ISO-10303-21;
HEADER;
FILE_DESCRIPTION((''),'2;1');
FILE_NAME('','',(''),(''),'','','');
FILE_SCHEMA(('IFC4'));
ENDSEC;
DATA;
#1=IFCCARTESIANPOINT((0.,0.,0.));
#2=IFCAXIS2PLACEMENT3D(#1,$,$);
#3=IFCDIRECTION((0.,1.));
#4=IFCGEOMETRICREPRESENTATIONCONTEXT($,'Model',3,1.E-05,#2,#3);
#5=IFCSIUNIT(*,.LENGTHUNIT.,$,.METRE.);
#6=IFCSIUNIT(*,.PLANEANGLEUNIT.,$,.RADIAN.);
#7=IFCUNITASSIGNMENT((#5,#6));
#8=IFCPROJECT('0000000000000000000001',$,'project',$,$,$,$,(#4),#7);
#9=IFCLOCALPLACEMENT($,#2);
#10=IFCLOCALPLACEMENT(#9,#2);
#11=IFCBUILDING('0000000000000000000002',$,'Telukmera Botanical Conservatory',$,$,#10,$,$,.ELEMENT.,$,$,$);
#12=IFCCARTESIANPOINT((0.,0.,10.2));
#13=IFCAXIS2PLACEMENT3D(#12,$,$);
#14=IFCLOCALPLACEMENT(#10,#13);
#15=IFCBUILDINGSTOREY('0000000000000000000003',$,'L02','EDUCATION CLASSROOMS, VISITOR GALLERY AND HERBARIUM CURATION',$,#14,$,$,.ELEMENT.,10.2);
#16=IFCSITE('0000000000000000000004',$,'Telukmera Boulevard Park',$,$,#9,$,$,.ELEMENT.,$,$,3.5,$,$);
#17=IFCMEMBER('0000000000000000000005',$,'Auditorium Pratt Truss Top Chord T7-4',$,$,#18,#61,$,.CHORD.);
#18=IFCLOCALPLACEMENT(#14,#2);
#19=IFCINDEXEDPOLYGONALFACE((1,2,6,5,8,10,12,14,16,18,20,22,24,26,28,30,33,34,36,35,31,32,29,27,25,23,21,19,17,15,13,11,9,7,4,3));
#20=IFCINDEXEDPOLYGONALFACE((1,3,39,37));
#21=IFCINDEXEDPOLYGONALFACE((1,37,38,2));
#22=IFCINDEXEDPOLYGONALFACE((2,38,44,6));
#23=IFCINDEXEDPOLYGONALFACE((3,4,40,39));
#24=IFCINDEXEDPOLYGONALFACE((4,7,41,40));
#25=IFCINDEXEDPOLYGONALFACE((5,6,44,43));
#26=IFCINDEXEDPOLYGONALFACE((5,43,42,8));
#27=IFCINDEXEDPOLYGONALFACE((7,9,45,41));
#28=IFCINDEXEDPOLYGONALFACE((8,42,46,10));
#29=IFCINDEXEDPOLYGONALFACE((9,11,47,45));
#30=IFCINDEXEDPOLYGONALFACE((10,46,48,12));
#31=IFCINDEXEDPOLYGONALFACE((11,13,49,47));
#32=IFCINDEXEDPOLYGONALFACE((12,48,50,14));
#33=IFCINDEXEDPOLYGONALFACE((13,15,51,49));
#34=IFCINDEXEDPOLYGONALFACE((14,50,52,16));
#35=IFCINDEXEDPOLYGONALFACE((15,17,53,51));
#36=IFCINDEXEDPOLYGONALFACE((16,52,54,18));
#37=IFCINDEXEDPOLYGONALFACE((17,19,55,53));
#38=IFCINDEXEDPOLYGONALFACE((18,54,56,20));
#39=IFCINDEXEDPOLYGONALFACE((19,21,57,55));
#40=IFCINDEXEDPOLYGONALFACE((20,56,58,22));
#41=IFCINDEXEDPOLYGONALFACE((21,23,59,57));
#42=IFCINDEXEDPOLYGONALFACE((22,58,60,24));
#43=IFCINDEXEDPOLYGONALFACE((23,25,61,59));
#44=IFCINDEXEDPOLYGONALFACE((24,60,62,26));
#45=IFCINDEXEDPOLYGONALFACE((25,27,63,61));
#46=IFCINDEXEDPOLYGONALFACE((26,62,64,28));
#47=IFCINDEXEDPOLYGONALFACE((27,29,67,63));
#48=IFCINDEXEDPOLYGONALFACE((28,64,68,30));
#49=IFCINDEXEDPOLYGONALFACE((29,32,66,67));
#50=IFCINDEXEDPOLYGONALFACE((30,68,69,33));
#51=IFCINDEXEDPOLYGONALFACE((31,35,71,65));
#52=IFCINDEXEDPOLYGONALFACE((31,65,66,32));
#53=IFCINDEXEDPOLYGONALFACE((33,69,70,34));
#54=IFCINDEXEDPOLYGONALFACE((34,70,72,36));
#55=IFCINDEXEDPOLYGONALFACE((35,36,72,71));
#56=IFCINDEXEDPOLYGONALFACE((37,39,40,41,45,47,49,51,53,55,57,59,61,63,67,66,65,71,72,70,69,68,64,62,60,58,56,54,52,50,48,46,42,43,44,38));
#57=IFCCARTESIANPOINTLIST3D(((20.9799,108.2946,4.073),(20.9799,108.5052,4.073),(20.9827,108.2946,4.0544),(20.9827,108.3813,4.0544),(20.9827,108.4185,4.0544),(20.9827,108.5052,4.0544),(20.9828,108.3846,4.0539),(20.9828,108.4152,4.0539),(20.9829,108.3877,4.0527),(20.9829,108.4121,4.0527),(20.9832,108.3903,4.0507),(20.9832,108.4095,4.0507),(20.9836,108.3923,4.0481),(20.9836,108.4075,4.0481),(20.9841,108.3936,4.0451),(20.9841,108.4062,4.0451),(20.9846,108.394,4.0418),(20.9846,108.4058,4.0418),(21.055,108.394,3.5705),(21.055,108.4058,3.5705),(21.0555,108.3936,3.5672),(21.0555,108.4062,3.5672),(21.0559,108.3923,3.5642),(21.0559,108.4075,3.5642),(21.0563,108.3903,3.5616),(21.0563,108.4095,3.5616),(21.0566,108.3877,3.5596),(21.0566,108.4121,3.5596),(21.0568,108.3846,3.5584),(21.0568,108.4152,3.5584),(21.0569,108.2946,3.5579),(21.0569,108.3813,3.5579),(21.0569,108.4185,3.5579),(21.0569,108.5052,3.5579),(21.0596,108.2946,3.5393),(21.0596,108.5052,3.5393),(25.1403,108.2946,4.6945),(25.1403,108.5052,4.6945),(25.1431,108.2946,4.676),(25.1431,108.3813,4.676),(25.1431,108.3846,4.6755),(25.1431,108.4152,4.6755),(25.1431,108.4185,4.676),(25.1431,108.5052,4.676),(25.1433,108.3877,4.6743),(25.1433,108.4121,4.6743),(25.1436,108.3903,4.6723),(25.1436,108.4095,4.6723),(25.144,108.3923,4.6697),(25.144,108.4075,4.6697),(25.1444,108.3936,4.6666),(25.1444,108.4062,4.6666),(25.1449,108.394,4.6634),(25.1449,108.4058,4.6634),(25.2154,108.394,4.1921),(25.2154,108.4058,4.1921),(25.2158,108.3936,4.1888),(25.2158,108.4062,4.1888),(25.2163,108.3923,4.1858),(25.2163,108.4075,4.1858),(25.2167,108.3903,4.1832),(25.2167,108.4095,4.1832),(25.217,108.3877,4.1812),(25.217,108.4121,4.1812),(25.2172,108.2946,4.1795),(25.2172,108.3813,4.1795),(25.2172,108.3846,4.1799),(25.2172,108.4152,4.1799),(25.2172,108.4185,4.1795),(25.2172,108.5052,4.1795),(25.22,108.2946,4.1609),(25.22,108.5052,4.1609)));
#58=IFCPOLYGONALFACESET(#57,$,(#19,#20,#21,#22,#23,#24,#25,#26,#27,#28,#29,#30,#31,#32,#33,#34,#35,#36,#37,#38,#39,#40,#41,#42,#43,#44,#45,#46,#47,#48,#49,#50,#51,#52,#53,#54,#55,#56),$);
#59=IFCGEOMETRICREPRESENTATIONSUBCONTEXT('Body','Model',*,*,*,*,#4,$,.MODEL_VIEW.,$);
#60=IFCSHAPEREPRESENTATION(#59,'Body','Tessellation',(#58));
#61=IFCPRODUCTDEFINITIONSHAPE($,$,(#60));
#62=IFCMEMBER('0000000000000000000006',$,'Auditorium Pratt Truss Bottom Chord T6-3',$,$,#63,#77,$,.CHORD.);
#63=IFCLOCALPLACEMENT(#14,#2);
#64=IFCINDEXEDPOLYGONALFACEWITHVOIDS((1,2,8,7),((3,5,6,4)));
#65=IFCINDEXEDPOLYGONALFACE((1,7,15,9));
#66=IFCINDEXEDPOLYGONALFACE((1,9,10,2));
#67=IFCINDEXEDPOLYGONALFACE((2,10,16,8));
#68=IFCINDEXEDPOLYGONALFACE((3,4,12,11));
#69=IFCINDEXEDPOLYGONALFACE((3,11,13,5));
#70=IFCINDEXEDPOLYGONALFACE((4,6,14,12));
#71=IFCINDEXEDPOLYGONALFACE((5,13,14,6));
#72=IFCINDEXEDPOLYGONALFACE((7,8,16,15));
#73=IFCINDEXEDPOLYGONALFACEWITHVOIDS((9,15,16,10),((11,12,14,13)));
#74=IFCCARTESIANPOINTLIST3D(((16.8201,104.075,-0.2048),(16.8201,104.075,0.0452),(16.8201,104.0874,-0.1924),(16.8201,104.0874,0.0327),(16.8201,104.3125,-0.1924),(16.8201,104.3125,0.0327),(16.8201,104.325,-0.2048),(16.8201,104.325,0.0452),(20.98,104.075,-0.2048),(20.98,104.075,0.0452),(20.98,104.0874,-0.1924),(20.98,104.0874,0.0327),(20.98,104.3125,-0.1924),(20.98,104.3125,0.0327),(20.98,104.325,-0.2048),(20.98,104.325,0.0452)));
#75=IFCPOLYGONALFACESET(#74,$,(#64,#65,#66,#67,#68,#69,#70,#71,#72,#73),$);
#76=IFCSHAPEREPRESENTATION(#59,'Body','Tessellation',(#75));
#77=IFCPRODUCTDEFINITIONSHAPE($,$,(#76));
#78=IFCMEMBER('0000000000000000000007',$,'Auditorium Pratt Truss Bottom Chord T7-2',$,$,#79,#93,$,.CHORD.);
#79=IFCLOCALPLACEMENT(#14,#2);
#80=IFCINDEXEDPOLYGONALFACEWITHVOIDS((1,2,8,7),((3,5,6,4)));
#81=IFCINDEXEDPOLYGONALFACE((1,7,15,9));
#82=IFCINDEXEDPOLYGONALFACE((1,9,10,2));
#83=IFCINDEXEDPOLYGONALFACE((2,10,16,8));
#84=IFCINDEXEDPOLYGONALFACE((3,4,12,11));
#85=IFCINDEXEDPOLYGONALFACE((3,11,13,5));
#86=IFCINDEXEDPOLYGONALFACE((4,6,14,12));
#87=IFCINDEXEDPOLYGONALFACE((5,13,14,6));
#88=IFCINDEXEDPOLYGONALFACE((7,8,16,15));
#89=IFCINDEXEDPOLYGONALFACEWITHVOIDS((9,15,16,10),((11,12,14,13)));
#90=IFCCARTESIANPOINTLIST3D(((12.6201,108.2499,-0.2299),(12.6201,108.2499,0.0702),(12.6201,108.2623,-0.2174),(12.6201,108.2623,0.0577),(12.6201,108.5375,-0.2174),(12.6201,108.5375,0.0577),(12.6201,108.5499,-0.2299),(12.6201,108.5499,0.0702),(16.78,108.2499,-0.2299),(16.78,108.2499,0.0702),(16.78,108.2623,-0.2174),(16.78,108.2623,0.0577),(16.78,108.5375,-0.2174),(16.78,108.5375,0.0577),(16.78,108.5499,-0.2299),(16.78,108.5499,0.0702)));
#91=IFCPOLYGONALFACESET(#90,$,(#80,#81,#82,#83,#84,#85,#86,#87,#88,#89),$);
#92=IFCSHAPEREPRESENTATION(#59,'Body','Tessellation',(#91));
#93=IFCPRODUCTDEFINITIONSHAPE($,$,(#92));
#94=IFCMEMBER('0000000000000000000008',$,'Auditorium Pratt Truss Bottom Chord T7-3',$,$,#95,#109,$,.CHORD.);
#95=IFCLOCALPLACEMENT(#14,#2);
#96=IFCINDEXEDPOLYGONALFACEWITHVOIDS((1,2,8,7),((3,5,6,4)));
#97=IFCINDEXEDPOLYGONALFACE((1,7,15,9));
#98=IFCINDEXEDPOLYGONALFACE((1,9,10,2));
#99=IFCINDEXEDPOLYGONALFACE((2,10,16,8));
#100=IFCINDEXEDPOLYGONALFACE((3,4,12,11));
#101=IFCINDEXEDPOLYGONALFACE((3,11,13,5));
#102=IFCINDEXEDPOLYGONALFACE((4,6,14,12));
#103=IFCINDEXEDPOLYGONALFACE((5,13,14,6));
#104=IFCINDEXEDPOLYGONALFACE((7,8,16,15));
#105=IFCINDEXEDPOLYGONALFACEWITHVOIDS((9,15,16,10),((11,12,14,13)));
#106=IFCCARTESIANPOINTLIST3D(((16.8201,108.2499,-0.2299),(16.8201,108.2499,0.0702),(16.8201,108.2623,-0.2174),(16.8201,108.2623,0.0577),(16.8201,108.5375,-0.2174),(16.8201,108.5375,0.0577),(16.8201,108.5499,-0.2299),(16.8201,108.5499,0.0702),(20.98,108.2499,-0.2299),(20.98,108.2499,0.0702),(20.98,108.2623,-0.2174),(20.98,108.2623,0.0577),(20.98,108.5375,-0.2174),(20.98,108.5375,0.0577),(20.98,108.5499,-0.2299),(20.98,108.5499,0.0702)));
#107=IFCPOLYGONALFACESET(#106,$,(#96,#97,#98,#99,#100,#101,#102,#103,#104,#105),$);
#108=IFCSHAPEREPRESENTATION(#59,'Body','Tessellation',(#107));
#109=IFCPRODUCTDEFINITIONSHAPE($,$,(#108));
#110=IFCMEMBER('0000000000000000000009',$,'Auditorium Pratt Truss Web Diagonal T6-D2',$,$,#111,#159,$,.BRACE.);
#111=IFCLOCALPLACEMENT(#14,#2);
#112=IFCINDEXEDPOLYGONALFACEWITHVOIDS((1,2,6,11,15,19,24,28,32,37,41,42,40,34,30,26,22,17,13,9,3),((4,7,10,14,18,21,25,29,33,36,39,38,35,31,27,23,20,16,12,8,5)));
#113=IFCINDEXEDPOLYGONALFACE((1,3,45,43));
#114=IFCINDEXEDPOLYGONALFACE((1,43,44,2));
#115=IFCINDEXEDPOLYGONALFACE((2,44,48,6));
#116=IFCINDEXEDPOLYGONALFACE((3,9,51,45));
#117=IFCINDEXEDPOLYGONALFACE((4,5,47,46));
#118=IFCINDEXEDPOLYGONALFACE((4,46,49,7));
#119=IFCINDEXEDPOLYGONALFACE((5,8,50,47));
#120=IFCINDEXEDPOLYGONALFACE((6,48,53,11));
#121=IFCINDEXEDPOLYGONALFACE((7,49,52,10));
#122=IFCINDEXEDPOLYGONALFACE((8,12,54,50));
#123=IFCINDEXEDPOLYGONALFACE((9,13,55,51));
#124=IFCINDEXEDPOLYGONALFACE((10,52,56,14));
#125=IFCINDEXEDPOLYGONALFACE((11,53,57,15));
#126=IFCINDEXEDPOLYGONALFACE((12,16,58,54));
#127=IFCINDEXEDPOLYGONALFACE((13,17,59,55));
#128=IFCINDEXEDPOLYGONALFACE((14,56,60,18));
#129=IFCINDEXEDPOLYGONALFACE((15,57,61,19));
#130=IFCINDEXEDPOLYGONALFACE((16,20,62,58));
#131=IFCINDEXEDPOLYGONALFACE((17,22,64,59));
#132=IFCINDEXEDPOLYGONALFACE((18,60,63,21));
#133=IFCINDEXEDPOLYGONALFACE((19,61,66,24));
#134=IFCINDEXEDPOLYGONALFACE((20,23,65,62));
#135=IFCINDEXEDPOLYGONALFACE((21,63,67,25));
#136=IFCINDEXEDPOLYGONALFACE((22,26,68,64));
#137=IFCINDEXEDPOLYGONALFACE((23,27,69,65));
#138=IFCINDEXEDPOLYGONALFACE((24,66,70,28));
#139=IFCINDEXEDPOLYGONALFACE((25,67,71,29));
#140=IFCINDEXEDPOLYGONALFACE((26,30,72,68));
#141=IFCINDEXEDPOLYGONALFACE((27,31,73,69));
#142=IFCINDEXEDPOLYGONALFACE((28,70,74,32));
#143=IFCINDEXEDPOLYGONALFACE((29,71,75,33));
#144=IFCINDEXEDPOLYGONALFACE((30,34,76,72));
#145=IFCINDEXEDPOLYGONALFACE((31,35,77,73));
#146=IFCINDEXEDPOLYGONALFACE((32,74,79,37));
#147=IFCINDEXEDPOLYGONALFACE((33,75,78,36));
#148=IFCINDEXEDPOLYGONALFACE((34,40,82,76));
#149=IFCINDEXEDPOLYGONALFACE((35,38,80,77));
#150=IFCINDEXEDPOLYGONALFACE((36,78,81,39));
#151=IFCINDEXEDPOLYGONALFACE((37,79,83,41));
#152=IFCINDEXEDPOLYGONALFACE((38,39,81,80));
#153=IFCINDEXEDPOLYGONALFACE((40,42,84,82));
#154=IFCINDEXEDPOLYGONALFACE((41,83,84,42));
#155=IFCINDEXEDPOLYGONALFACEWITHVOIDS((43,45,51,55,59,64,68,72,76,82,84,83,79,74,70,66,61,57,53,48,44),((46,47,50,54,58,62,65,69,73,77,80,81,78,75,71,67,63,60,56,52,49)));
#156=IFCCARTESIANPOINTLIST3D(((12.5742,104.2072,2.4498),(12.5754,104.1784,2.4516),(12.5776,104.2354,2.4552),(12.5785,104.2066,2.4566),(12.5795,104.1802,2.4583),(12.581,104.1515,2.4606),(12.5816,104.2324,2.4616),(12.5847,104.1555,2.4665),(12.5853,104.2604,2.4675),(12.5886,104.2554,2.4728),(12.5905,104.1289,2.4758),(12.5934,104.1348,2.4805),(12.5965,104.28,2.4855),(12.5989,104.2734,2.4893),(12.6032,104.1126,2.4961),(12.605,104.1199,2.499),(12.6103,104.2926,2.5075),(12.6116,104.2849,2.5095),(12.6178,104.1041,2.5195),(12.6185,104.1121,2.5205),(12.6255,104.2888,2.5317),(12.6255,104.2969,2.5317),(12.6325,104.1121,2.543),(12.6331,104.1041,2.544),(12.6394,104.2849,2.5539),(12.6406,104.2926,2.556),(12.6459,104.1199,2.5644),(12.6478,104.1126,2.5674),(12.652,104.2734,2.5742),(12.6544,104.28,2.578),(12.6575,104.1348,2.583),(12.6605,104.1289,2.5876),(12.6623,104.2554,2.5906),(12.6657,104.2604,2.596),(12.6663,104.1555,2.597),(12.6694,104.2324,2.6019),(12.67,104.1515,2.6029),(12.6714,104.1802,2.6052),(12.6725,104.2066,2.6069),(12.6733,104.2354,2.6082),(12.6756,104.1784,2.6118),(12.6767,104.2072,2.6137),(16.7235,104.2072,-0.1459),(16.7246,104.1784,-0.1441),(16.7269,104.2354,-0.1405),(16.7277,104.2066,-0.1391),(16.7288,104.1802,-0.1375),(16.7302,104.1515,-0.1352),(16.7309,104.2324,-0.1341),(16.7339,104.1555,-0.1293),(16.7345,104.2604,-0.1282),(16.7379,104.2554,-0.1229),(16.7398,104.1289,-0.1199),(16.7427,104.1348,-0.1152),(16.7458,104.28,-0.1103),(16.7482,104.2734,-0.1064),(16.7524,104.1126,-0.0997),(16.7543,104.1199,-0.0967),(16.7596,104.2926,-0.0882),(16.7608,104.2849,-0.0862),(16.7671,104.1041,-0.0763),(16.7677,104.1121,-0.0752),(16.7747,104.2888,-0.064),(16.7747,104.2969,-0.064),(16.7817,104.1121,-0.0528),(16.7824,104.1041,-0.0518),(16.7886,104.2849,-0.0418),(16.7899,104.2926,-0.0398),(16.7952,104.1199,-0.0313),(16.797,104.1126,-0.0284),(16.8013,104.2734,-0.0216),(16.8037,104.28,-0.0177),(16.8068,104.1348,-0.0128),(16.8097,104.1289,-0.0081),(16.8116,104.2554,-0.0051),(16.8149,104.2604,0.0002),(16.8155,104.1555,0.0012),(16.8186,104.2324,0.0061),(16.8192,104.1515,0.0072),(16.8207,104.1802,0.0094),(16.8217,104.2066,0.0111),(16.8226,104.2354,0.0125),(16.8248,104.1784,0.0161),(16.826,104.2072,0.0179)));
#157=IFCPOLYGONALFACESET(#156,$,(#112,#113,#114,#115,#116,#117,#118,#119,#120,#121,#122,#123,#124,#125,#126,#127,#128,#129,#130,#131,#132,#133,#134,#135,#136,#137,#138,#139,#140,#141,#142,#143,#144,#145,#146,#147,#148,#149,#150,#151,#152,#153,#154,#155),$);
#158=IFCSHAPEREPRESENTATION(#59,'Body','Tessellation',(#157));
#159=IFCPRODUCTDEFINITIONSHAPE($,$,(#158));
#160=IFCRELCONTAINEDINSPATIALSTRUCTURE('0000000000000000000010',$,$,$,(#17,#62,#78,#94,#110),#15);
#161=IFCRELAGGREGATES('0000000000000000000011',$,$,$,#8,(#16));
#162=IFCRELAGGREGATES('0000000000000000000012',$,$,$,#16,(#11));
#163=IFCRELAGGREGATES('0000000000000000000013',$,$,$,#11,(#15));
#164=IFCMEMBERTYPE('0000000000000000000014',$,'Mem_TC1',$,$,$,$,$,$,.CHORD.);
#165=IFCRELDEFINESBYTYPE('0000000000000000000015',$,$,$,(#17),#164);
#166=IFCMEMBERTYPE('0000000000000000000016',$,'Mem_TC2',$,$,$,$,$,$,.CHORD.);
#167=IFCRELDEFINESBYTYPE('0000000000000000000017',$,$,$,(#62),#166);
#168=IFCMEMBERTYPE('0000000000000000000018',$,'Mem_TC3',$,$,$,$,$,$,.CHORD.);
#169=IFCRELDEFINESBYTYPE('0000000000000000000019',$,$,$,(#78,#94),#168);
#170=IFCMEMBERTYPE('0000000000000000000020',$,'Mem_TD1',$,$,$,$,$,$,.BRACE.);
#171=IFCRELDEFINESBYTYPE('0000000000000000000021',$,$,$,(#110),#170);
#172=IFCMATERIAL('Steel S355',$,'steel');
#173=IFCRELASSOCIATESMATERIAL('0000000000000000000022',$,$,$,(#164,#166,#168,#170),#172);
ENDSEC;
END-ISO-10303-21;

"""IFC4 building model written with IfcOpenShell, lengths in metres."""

from ifc_helpers import new_model, si_unit, direction, frame, origin, origin_2d, place, context, subcontext, project, spatial, hollow_rectangle, hollow_circle, i_section, extrude, material, material_profile, profile_set, type_object, element, save


model = new_model("IFC4")

# Units and contexts
model_context = context("Model", 3, precision=1e-05, world=origin(), true_north=direction((0.0, 1.0)))
body_context = subcontext(model_context, "Body", "Model", "MODEL_VIEW")
ifc_project = project(units=[si_unit("LENGTHUNIT", "METRE"), si_unit("PLANEANGLEUNIT", "RADIAN")], contexts=[model_context])

# Site, building, storey
site_placement = place(None, origin())
site = spatial("IfcSite", under=ifc_project, at=site_placement, Name="Telukmera Boulevard Park", CompositionType="ELEMENT", RefElevation=3.5)
building_placement = place(site_placement, origin())
building = spatial("IfcBuilding", under=site, at=building_placement, Name="Telukmera Botanical Conservatory", CompositionType="ELEMENT")
storey_placement = place(building_placement, frame((0.0, 0.0, 10.2)))
storey = spatial("IfcBuildingStorey", under=building, at=storey_placement, Name="L02", Description="EDUCATION CLASSROOMS, VISITOR GALLERY AND HERBARIUM CURATION", CompositionType="ELEMENT", Elevation=10.2)

# Members
ifc_material = material(Name="Steel S355", Category="steel")
ifc_material_profile_1 = material_profile(ifc_material, i_section(OverallWidth=0.2107, OverallDepth=0.5396, WebThickness=0.0117, FlangeThickness=0.0188, FilletRadius=0.0127, at=origin_2d()), Name="UB 533x210x109")
ifc_profile_set_1 = profile_set([ifc_material_profile_1], Name="Steel S355")
member_type_1 = type_object("IfcMemberType", Name="Mem_TC1", PredefinedType="CHORD", material=ifc_profile_set_1)
for number, where, z_axis, x_axis, name in (
    (1, (21.0198, 108.3999, 3.8062), (0.989023, 0.0, 0.147764), (0.0, 1.0, 0.0), "Auditorium Pratt Truss Top Chord T7-4"),
):
    element("IfcMember", number, at=place(storey_placement, frame(where, z_axis=z_axis, x_axis=x_axis)), inside=storey, type_object=member_type_1, Name=name, PredefinedType="CHORD", context=body_context, shape_type="SweptSolid", body=[
        extrude(i_section(OverallWidth=0.2107, OverallDepth=0.5396, WebThickness=0.0117, FlangeThickness=0.0188, FilletRadius=0.0127, at=origin_2d()), origin(), (0.0, 0.0, 1.0), 4.2065),
    ])
ifc_material_profile_2 = material_profile(ifc_material, hollow_rectangle(XDim=0.25, YDim=0.25, WallThickness=0.0125, at=origin_2d()), Name="SHS 250x250x12.5")
ifc_profile_set_2 = profile_set([ifc_material_profile_2], Name="Steel S355")
member_type_2 = type_object("IfcMemberType", Name="Mem_TC2", PredefinedType="CHORD", material=ifc_profile_set_2)
member_1_placement = place(storey_placement, frame((16.8201, 104.2, -0.0798), z_axis=(1.0, 0.0, 0.0), x_axis=(0.0, 1.0, 0.0)))
element("IfcMember", 2, at=member_1_placement, inside=storey, type_object=member_type_2, Name="Auditorium Pratt Truss Bottom Chord T6-3", PredefinedType="CHORD", context=body_context, shape_type="SweptSolid", body=[
    extrude(hollow_rectangle(XDim=0.25, YDim=0.25, WallThickness=0.0125, at=origin_2d()), origin(), (0.0, 0.0, 1.0), 4.1599),
])
ifc_material_profile_3 = material_profile(ifc_material, hollow_rectangle(XDim=0.3, YDim=0.3, WallThickness=0.0125, at=origin_2d()), Name="SHS 300x300x12.5")
ifc_profile_set_3 = profile_set([ifc_material_profile_3], Name="Steel S355")
member_type_3 = type_object("IfcMemberType", Name="Mem_TC3", PredefinedType="CHORD", material=ifc_profile_set_3)
for number, where, z_axis, x_axis, name in (
    (3, (12.6201, 108.3999, -0.0798), (1.0, 0.0, 0.0), (0.0, 1.0, 0.0), "Auditorium Pratt Truss Bottom Chord T7-2"),
    (4, (16.8201, 108.3999, -0.0798), (1.0, 0.0, 0.0), (0.0, 1.0, 0.0), "Auditorium Pratt Truss Bottom Chord T7-3"),
):
    element("IfcMember", number, at=place(storey_placement, frame(where, z_axis=z_axis, x_axis=x_axis)), inside=storey, type_object=member_type_3, Name=name, PredefinedType="CHORD", context=body_context, shape_type="SweptSolid", body=[
        extrude(hollow_rectangle(XDim=0.3, YDim=0.3, WallThickness=0.0125, at=origin_2d()), origin(), (0.0, 0.0, 1.0), 4.1599),
    ])
ifc_material_profile_4 = material_profile(ifc_material, hollow_circle(Radius=0.0969, WallThickness=0.0081, at=origin_2d()), Name="CHS 193.7x8.0")
ifc_profile_set_4 = profile_set([ifc_material_profile_4], Name="Steel S355")
member_type_4 = type_object("IfcMemberType", Name="Mem_TD1", PredefinedType="BRACE", material=ifc_profile_set_4)
for number, where, z_axis, x_axis, name in (
    (5, (12.6255, 104.2, 2.5317), (0.847771, 0.0, -0.530362), (0.0, 1.0, 0.0), "Auditorium Pratt Truss Web Diagonal T6-D2"),
):
    element("IfcMember", number, at=place(storey_placement, frame(where, z_axis=z_axis, x_axis=x_axis)), inside=storey, type_object=member_type_4, Name=name, PredefinedType="BRACE", context=body_context, shape_type="SweptSolid", body=[
        extrude(hollow_circle(Radius=0.0969, WallThickness=0.0081, at=origin_2d()), origin(), (0.0, 0.0, 1.0), 4.8943),
    ])

save(model, "model.ifc")
